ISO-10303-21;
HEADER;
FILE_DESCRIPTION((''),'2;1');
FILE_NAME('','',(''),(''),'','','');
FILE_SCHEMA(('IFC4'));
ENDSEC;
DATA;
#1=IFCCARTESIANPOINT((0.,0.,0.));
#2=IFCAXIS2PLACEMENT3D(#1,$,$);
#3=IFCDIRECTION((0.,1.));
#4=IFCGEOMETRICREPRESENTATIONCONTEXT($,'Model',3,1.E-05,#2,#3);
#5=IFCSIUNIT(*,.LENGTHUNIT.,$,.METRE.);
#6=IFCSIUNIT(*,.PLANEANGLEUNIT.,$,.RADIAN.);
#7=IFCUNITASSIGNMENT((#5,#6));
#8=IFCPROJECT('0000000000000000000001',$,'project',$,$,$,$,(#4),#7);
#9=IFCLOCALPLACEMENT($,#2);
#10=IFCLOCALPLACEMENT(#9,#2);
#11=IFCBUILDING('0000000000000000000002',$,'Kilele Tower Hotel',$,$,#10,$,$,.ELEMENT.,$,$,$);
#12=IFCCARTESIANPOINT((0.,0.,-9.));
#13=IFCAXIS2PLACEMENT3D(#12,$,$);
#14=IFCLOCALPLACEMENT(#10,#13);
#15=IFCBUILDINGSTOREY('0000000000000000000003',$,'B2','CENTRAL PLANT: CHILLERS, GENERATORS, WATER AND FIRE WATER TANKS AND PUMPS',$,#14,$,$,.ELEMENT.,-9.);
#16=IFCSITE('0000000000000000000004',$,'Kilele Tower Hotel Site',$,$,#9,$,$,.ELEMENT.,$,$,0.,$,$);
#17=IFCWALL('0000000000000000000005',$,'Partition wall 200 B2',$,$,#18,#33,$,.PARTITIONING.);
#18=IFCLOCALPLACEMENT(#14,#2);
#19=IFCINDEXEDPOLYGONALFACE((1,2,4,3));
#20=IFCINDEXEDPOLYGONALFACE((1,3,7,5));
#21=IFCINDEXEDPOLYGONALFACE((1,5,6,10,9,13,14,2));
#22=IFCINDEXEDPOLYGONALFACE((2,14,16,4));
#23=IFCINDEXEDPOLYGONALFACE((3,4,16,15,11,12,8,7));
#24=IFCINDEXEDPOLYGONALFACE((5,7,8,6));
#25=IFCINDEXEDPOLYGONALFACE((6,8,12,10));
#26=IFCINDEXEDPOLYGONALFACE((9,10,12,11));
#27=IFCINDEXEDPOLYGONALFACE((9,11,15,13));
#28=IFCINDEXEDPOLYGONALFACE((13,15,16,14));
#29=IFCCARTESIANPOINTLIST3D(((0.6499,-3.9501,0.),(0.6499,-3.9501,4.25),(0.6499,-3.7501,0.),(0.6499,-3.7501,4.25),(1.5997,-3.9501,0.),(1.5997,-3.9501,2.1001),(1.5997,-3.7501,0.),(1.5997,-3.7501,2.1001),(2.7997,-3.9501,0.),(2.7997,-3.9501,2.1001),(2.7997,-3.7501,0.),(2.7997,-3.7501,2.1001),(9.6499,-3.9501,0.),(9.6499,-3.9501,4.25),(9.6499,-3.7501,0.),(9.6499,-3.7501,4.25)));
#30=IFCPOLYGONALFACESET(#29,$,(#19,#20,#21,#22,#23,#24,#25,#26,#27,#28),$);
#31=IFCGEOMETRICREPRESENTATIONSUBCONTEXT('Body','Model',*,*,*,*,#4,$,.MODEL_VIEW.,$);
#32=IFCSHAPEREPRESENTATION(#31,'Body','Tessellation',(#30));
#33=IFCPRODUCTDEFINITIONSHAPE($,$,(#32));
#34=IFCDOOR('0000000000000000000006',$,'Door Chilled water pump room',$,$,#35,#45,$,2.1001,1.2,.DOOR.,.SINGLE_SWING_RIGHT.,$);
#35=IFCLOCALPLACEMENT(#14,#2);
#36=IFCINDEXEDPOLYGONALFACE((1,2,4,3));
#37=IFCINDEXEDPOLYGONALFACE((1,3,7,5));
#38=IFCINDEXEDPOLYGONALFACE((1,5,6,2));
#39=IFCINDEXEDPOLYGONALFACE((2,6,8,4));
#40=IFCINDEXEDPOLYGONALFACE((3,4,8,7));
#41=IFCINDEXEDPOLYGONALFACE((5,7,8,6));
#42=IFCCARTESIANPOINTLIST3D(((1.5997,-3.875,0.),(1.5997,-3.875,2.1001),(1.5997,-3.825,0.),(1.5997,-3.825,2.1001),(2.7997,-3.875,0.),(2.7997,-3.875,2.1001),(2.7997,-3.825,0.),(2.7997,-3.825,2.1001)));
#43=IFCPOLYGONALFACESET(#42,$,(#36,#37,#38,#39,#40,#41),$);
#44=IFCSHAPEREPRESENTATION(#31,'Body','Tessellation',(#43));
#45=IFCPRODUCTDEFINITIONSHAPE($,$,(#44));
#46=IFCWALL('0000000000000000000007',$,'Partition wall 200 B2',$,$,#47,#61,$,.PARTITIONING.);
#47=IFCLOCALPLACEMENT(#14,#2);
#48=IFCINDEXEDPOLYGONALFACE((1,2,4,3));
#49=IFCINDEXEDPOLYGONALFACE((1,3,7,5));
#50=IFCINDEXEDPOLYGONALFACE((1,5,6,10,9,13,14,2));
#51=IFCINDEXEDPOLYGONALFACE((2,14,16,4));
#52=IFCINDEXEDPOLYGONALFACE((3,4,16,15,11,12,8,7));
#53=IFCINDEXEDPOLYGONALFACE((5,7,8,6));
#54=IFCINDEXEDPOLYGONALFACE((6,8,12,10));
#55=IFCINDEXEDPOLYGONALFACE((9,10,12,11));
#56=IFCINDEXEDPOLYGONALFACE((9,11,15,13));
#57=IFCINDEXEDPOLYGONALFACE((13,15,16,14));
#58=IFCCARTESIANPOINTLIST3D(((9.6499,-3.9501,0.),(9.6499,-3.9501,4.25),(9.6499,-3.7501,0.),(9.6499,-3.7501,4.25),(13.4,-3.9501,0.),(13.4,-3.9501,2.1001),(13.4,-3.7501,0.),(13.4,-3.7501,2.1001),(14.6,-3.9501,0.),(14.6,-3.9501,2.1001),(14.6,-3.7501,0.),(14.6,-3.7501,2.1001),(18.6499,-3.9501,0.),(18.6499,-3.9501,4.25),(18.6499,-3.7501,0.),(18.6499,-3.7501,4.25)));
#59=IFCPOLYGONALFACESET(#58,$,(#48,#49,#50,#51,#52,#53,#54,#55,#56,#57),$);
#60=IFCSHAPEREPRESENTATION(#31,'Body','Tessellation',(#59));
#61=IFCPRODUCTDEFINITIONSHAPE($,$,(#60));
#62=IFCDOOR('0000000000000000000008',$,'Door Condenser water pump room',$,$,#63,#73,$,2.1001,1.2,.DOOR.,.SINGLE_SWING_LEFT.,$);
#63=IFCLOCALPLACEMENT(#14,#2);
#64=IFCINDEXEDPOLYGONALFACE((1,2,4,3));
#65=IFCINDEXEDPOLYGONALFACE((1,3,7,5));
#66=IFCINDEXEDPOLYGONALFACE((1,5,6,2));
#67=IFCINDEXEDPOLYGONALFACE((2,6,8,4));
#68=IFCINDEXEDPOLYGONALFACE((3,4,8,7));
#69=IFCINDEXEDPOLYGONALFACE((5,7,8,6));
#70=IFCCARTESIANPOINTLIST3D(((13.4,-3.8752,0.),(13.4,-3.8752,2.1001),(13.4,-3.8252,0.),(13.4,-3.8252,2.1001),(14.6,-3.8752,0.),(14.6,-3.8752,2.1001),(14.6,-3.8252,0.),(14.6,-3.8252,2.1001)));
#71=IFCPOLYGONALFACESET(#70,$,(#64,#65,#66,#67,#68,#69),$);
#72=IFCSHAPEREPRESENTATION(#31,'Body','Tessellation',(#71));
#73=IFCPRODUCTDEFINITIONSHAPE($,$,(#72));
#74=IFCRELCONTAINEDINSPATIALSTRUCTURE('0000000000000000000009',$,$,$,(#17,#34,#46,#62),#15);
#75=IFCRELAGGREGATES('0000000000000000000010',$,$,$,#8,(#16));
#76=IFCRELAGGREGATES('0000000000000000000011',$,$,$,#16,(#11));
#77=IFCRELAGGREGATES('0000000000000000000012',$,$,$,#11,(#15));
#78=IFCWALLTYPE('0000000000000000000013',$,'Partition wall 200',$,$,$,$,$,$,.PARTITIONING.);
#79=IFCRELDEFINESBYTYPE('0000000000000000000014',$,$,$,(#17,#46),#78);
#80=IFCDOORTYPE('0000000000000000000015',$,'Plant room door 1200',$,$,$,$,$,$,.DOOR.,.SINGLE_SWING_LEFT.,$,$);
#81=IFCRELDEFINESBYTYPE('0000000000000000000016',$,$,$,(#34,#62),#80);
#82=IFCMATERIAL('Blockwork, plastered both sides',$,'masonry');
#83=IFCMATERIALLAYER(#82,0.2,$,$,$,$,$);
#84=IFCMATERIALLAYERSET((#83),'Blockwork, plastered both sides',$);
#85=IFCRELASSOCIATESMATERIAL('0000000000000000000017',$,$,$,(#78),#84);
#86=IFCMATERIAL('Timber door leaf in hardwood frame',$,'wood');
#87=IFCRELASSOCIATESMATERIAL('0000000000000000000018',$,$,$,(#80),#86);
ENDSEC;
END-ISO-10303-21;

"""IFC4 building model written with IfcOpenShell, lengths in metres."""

from ifc_helpers import new_model, si_unit, direction, frame, frame_2d, origin, place, context, subcontext, project, spatial, rectangle, extrude, material, layer, layer_set, type_object, element, fill, save


model = new_model("IFC4")

# Units and contexts
model_context = context("Model", 3, precision=1e-05, world=origin(), true_north=direction((0.0, 1.0)))
body_context = subcontext(model_context, "Body", "Model", "MODEL_VIEW")
ifc_project = project(units=[si_unit("LENGTHUNIT", "METRE"), si_unit("PLANEANGLEUNIT", "RADIAN")], contexts=[model_context])

# Site, building, storey
site_placement = place(None, origin())
site = spatial("IfcSite", under=ifc_project, at=site_placement, Name="Kilele Tower Hotel Site", CompositionType="ELEMENT", RefElevation=0.0)
building_placement = place(site_placement, origin())
building = spatial("IfcBuilding", under=site, at=building_placement, Name="Kilele Tower Hotel", CompositionType="ELEMENT")
storey_placement = place(building_placement, frame((0.0, 0.0, -9.0)))
storey = spatial("IfcBuildingStorey", under=building, at=storey_placement, Name="B2", Description="CENTRAL PLANT: CHILLERS, GENERATORS, WATER AND FIRE WATER TANKS AND PUMPS", CompositionType="ELEMENT", Elevation=-9.0)

# Shared definitions
ifc_material_1 = material(Name="Blockwork, plastered both sides", Category="masonry")
ifc_layer_1 = layer(ifc_material_1, 0.2)
ifc_layer_set_1 = layer_set([ifc_layer_1], Name="Blockwork, plastered both sides")
wall_type = type_object("IfcWallType", Name="Partition wall 200", PredefinedType="PARTITIONING", material=ifc_layer_set_1)

# Walls, openings, doors
wall_1_placement = place(storey_placement, frame((0.6499, -3.8501, 0.0), z_axis=(0.0, 0.0, 1.0), x_axis=(1.0, 0.0, 0.0)))
wall_1 = element("IfcWall", 1, at=wall_1_placement, inside=storey, type_object=wall_type, Name="Partition wall 200 B2", PredefinedType="PARTITIONING", context=body_context, shape_type="SweptSolid", body=[
    extrude(rectangle(XDim=9.0, YDim=0.2, at=frame_2d((4.5, 0.0))), origin(), (0.0, 0.0, 1.0), 4.25),
])
opening_1_placement = place(wall_1_placement, frame((2.1499, 0.0, 0.0), z_axis=(0.0, 0.0, 1.0), x_axis=(-1.0, 0.0, 0.0)))
opening_1 = element("IfcOpeningElement", 2, at=opening_1_placement, cuts=wall_1, PredefinedType="OPENING", context=body_context, shape_type="SweptSolid", body=[
    extrude(rectangle(XDim=1.2, YDim=2.1001, at=frame_2d((0.6001, 1.05))), frame((0.0, 0.1099, 0.0), z_axis=(0.0, -1.0, 0.0), x_axis=(1.0, 0.0, 0.0)), (0.0, 0.0, 1.0), 0.22),
])
ifc_material_2 = material(Name="Timber door leaf in hardwood frame", Category="wood")
door_type = type_object("IfcDoorType", Name="Plant room door 1200", OperationType="SINGLE_SWING_LEFT", PredefinedType="DOOR", material=ifc_material_2)
door_1_placement = place(opening_1_placement, origin())
door_1 = element("IfcDoor", 3, at=door_1_placement, inside=storey, type_object=door_type, Name="Door Chilled water pump room", OperationType="SINGLE_SWING_RIGHT", OverallHeight=2.1001, OverallWidth=1.2, PredefinedType="DOOR", context=body_context, shape_type="SweptSolid", body=[
    extrude(rectangle(XDim=1.2, YDim=2.1001, at=frame_2d((0.6001, 1.05))), frame((0.0, 0.0249, 0.0), z_axis=(0.0, -1.0, 0.0), x_axis=(1.0, 0.0, 0.0)), (0.0, 0.0, 1.0), 0.05),
])
fill(opening_1, door_1)
wall_2_placement = place(storey_placement, frame((9.6499, -3.8501, 0.0), z_axis=(0.0, 0.0, 1.0), x_axis=(1.0, 0.0, 0.0)))
wall_2 = element("IfcWall", 4, at=wall_2_placement, inside=storey, type_object=wall_type, Name="Partition wall 200 B2", PredefinedType="PARTITIONING", context=body_context, shape_type="SweptSolid", body=[
    extrude(rectangle(XDim=9.0, YDim=0.2, at=frame_2d((4.5, 0.0))), origin(), (0.0, 0.0, 1.0), 4.25),
])
opening_2_placement = place(wall_2_placement, frame((3.75, 0.0, 0.0)))
opening_2 = element("IfcOpeningElement", 5, at=opening_2_placement, cuts=wall_2, PredefinedType="OPENING", context=body_context, shape_type="SweptSolid", body=[
    extrude(rectangle(XDim=1.2, YDim=2.1001, at=frame_2d((0.6001, 1.05))), frame((0.0, 0.1099, 0.0), z_axis=(0.0, -1.0, 0.0), x_axis=(1.0, 0.0, 0.0)), (0.0, 0.0, 1.0), 0.22),
])
door_2_placement = place(opening_2_placement, origin())
door_2 = element("IfcDoor", 6, at=door_2_placement, inside=storey, type_object=door_type, Name="Door Condenser water pump room", OperationType="SINGLE_SWING_LEFT", OverallHeight=2.1001, OverallWidth=1.2, PredefinedType="DOOR", context=body_context, shape_type="SweptSolid", body=[
    extrude(rectangle(XDim=1.2, YDim=2.1001, at=frame_2d((0.6001, 1.05))), frame((0.0, 0.0249, 0.0), z_axis=(0.0, -1.0, 0.0), x_axis=(1.0, 0.0, 0.0)), (0.0, 0.0, 1.0), 0.05),
])
fill(opening_2, door_2)

save(model, "model.ifc")
